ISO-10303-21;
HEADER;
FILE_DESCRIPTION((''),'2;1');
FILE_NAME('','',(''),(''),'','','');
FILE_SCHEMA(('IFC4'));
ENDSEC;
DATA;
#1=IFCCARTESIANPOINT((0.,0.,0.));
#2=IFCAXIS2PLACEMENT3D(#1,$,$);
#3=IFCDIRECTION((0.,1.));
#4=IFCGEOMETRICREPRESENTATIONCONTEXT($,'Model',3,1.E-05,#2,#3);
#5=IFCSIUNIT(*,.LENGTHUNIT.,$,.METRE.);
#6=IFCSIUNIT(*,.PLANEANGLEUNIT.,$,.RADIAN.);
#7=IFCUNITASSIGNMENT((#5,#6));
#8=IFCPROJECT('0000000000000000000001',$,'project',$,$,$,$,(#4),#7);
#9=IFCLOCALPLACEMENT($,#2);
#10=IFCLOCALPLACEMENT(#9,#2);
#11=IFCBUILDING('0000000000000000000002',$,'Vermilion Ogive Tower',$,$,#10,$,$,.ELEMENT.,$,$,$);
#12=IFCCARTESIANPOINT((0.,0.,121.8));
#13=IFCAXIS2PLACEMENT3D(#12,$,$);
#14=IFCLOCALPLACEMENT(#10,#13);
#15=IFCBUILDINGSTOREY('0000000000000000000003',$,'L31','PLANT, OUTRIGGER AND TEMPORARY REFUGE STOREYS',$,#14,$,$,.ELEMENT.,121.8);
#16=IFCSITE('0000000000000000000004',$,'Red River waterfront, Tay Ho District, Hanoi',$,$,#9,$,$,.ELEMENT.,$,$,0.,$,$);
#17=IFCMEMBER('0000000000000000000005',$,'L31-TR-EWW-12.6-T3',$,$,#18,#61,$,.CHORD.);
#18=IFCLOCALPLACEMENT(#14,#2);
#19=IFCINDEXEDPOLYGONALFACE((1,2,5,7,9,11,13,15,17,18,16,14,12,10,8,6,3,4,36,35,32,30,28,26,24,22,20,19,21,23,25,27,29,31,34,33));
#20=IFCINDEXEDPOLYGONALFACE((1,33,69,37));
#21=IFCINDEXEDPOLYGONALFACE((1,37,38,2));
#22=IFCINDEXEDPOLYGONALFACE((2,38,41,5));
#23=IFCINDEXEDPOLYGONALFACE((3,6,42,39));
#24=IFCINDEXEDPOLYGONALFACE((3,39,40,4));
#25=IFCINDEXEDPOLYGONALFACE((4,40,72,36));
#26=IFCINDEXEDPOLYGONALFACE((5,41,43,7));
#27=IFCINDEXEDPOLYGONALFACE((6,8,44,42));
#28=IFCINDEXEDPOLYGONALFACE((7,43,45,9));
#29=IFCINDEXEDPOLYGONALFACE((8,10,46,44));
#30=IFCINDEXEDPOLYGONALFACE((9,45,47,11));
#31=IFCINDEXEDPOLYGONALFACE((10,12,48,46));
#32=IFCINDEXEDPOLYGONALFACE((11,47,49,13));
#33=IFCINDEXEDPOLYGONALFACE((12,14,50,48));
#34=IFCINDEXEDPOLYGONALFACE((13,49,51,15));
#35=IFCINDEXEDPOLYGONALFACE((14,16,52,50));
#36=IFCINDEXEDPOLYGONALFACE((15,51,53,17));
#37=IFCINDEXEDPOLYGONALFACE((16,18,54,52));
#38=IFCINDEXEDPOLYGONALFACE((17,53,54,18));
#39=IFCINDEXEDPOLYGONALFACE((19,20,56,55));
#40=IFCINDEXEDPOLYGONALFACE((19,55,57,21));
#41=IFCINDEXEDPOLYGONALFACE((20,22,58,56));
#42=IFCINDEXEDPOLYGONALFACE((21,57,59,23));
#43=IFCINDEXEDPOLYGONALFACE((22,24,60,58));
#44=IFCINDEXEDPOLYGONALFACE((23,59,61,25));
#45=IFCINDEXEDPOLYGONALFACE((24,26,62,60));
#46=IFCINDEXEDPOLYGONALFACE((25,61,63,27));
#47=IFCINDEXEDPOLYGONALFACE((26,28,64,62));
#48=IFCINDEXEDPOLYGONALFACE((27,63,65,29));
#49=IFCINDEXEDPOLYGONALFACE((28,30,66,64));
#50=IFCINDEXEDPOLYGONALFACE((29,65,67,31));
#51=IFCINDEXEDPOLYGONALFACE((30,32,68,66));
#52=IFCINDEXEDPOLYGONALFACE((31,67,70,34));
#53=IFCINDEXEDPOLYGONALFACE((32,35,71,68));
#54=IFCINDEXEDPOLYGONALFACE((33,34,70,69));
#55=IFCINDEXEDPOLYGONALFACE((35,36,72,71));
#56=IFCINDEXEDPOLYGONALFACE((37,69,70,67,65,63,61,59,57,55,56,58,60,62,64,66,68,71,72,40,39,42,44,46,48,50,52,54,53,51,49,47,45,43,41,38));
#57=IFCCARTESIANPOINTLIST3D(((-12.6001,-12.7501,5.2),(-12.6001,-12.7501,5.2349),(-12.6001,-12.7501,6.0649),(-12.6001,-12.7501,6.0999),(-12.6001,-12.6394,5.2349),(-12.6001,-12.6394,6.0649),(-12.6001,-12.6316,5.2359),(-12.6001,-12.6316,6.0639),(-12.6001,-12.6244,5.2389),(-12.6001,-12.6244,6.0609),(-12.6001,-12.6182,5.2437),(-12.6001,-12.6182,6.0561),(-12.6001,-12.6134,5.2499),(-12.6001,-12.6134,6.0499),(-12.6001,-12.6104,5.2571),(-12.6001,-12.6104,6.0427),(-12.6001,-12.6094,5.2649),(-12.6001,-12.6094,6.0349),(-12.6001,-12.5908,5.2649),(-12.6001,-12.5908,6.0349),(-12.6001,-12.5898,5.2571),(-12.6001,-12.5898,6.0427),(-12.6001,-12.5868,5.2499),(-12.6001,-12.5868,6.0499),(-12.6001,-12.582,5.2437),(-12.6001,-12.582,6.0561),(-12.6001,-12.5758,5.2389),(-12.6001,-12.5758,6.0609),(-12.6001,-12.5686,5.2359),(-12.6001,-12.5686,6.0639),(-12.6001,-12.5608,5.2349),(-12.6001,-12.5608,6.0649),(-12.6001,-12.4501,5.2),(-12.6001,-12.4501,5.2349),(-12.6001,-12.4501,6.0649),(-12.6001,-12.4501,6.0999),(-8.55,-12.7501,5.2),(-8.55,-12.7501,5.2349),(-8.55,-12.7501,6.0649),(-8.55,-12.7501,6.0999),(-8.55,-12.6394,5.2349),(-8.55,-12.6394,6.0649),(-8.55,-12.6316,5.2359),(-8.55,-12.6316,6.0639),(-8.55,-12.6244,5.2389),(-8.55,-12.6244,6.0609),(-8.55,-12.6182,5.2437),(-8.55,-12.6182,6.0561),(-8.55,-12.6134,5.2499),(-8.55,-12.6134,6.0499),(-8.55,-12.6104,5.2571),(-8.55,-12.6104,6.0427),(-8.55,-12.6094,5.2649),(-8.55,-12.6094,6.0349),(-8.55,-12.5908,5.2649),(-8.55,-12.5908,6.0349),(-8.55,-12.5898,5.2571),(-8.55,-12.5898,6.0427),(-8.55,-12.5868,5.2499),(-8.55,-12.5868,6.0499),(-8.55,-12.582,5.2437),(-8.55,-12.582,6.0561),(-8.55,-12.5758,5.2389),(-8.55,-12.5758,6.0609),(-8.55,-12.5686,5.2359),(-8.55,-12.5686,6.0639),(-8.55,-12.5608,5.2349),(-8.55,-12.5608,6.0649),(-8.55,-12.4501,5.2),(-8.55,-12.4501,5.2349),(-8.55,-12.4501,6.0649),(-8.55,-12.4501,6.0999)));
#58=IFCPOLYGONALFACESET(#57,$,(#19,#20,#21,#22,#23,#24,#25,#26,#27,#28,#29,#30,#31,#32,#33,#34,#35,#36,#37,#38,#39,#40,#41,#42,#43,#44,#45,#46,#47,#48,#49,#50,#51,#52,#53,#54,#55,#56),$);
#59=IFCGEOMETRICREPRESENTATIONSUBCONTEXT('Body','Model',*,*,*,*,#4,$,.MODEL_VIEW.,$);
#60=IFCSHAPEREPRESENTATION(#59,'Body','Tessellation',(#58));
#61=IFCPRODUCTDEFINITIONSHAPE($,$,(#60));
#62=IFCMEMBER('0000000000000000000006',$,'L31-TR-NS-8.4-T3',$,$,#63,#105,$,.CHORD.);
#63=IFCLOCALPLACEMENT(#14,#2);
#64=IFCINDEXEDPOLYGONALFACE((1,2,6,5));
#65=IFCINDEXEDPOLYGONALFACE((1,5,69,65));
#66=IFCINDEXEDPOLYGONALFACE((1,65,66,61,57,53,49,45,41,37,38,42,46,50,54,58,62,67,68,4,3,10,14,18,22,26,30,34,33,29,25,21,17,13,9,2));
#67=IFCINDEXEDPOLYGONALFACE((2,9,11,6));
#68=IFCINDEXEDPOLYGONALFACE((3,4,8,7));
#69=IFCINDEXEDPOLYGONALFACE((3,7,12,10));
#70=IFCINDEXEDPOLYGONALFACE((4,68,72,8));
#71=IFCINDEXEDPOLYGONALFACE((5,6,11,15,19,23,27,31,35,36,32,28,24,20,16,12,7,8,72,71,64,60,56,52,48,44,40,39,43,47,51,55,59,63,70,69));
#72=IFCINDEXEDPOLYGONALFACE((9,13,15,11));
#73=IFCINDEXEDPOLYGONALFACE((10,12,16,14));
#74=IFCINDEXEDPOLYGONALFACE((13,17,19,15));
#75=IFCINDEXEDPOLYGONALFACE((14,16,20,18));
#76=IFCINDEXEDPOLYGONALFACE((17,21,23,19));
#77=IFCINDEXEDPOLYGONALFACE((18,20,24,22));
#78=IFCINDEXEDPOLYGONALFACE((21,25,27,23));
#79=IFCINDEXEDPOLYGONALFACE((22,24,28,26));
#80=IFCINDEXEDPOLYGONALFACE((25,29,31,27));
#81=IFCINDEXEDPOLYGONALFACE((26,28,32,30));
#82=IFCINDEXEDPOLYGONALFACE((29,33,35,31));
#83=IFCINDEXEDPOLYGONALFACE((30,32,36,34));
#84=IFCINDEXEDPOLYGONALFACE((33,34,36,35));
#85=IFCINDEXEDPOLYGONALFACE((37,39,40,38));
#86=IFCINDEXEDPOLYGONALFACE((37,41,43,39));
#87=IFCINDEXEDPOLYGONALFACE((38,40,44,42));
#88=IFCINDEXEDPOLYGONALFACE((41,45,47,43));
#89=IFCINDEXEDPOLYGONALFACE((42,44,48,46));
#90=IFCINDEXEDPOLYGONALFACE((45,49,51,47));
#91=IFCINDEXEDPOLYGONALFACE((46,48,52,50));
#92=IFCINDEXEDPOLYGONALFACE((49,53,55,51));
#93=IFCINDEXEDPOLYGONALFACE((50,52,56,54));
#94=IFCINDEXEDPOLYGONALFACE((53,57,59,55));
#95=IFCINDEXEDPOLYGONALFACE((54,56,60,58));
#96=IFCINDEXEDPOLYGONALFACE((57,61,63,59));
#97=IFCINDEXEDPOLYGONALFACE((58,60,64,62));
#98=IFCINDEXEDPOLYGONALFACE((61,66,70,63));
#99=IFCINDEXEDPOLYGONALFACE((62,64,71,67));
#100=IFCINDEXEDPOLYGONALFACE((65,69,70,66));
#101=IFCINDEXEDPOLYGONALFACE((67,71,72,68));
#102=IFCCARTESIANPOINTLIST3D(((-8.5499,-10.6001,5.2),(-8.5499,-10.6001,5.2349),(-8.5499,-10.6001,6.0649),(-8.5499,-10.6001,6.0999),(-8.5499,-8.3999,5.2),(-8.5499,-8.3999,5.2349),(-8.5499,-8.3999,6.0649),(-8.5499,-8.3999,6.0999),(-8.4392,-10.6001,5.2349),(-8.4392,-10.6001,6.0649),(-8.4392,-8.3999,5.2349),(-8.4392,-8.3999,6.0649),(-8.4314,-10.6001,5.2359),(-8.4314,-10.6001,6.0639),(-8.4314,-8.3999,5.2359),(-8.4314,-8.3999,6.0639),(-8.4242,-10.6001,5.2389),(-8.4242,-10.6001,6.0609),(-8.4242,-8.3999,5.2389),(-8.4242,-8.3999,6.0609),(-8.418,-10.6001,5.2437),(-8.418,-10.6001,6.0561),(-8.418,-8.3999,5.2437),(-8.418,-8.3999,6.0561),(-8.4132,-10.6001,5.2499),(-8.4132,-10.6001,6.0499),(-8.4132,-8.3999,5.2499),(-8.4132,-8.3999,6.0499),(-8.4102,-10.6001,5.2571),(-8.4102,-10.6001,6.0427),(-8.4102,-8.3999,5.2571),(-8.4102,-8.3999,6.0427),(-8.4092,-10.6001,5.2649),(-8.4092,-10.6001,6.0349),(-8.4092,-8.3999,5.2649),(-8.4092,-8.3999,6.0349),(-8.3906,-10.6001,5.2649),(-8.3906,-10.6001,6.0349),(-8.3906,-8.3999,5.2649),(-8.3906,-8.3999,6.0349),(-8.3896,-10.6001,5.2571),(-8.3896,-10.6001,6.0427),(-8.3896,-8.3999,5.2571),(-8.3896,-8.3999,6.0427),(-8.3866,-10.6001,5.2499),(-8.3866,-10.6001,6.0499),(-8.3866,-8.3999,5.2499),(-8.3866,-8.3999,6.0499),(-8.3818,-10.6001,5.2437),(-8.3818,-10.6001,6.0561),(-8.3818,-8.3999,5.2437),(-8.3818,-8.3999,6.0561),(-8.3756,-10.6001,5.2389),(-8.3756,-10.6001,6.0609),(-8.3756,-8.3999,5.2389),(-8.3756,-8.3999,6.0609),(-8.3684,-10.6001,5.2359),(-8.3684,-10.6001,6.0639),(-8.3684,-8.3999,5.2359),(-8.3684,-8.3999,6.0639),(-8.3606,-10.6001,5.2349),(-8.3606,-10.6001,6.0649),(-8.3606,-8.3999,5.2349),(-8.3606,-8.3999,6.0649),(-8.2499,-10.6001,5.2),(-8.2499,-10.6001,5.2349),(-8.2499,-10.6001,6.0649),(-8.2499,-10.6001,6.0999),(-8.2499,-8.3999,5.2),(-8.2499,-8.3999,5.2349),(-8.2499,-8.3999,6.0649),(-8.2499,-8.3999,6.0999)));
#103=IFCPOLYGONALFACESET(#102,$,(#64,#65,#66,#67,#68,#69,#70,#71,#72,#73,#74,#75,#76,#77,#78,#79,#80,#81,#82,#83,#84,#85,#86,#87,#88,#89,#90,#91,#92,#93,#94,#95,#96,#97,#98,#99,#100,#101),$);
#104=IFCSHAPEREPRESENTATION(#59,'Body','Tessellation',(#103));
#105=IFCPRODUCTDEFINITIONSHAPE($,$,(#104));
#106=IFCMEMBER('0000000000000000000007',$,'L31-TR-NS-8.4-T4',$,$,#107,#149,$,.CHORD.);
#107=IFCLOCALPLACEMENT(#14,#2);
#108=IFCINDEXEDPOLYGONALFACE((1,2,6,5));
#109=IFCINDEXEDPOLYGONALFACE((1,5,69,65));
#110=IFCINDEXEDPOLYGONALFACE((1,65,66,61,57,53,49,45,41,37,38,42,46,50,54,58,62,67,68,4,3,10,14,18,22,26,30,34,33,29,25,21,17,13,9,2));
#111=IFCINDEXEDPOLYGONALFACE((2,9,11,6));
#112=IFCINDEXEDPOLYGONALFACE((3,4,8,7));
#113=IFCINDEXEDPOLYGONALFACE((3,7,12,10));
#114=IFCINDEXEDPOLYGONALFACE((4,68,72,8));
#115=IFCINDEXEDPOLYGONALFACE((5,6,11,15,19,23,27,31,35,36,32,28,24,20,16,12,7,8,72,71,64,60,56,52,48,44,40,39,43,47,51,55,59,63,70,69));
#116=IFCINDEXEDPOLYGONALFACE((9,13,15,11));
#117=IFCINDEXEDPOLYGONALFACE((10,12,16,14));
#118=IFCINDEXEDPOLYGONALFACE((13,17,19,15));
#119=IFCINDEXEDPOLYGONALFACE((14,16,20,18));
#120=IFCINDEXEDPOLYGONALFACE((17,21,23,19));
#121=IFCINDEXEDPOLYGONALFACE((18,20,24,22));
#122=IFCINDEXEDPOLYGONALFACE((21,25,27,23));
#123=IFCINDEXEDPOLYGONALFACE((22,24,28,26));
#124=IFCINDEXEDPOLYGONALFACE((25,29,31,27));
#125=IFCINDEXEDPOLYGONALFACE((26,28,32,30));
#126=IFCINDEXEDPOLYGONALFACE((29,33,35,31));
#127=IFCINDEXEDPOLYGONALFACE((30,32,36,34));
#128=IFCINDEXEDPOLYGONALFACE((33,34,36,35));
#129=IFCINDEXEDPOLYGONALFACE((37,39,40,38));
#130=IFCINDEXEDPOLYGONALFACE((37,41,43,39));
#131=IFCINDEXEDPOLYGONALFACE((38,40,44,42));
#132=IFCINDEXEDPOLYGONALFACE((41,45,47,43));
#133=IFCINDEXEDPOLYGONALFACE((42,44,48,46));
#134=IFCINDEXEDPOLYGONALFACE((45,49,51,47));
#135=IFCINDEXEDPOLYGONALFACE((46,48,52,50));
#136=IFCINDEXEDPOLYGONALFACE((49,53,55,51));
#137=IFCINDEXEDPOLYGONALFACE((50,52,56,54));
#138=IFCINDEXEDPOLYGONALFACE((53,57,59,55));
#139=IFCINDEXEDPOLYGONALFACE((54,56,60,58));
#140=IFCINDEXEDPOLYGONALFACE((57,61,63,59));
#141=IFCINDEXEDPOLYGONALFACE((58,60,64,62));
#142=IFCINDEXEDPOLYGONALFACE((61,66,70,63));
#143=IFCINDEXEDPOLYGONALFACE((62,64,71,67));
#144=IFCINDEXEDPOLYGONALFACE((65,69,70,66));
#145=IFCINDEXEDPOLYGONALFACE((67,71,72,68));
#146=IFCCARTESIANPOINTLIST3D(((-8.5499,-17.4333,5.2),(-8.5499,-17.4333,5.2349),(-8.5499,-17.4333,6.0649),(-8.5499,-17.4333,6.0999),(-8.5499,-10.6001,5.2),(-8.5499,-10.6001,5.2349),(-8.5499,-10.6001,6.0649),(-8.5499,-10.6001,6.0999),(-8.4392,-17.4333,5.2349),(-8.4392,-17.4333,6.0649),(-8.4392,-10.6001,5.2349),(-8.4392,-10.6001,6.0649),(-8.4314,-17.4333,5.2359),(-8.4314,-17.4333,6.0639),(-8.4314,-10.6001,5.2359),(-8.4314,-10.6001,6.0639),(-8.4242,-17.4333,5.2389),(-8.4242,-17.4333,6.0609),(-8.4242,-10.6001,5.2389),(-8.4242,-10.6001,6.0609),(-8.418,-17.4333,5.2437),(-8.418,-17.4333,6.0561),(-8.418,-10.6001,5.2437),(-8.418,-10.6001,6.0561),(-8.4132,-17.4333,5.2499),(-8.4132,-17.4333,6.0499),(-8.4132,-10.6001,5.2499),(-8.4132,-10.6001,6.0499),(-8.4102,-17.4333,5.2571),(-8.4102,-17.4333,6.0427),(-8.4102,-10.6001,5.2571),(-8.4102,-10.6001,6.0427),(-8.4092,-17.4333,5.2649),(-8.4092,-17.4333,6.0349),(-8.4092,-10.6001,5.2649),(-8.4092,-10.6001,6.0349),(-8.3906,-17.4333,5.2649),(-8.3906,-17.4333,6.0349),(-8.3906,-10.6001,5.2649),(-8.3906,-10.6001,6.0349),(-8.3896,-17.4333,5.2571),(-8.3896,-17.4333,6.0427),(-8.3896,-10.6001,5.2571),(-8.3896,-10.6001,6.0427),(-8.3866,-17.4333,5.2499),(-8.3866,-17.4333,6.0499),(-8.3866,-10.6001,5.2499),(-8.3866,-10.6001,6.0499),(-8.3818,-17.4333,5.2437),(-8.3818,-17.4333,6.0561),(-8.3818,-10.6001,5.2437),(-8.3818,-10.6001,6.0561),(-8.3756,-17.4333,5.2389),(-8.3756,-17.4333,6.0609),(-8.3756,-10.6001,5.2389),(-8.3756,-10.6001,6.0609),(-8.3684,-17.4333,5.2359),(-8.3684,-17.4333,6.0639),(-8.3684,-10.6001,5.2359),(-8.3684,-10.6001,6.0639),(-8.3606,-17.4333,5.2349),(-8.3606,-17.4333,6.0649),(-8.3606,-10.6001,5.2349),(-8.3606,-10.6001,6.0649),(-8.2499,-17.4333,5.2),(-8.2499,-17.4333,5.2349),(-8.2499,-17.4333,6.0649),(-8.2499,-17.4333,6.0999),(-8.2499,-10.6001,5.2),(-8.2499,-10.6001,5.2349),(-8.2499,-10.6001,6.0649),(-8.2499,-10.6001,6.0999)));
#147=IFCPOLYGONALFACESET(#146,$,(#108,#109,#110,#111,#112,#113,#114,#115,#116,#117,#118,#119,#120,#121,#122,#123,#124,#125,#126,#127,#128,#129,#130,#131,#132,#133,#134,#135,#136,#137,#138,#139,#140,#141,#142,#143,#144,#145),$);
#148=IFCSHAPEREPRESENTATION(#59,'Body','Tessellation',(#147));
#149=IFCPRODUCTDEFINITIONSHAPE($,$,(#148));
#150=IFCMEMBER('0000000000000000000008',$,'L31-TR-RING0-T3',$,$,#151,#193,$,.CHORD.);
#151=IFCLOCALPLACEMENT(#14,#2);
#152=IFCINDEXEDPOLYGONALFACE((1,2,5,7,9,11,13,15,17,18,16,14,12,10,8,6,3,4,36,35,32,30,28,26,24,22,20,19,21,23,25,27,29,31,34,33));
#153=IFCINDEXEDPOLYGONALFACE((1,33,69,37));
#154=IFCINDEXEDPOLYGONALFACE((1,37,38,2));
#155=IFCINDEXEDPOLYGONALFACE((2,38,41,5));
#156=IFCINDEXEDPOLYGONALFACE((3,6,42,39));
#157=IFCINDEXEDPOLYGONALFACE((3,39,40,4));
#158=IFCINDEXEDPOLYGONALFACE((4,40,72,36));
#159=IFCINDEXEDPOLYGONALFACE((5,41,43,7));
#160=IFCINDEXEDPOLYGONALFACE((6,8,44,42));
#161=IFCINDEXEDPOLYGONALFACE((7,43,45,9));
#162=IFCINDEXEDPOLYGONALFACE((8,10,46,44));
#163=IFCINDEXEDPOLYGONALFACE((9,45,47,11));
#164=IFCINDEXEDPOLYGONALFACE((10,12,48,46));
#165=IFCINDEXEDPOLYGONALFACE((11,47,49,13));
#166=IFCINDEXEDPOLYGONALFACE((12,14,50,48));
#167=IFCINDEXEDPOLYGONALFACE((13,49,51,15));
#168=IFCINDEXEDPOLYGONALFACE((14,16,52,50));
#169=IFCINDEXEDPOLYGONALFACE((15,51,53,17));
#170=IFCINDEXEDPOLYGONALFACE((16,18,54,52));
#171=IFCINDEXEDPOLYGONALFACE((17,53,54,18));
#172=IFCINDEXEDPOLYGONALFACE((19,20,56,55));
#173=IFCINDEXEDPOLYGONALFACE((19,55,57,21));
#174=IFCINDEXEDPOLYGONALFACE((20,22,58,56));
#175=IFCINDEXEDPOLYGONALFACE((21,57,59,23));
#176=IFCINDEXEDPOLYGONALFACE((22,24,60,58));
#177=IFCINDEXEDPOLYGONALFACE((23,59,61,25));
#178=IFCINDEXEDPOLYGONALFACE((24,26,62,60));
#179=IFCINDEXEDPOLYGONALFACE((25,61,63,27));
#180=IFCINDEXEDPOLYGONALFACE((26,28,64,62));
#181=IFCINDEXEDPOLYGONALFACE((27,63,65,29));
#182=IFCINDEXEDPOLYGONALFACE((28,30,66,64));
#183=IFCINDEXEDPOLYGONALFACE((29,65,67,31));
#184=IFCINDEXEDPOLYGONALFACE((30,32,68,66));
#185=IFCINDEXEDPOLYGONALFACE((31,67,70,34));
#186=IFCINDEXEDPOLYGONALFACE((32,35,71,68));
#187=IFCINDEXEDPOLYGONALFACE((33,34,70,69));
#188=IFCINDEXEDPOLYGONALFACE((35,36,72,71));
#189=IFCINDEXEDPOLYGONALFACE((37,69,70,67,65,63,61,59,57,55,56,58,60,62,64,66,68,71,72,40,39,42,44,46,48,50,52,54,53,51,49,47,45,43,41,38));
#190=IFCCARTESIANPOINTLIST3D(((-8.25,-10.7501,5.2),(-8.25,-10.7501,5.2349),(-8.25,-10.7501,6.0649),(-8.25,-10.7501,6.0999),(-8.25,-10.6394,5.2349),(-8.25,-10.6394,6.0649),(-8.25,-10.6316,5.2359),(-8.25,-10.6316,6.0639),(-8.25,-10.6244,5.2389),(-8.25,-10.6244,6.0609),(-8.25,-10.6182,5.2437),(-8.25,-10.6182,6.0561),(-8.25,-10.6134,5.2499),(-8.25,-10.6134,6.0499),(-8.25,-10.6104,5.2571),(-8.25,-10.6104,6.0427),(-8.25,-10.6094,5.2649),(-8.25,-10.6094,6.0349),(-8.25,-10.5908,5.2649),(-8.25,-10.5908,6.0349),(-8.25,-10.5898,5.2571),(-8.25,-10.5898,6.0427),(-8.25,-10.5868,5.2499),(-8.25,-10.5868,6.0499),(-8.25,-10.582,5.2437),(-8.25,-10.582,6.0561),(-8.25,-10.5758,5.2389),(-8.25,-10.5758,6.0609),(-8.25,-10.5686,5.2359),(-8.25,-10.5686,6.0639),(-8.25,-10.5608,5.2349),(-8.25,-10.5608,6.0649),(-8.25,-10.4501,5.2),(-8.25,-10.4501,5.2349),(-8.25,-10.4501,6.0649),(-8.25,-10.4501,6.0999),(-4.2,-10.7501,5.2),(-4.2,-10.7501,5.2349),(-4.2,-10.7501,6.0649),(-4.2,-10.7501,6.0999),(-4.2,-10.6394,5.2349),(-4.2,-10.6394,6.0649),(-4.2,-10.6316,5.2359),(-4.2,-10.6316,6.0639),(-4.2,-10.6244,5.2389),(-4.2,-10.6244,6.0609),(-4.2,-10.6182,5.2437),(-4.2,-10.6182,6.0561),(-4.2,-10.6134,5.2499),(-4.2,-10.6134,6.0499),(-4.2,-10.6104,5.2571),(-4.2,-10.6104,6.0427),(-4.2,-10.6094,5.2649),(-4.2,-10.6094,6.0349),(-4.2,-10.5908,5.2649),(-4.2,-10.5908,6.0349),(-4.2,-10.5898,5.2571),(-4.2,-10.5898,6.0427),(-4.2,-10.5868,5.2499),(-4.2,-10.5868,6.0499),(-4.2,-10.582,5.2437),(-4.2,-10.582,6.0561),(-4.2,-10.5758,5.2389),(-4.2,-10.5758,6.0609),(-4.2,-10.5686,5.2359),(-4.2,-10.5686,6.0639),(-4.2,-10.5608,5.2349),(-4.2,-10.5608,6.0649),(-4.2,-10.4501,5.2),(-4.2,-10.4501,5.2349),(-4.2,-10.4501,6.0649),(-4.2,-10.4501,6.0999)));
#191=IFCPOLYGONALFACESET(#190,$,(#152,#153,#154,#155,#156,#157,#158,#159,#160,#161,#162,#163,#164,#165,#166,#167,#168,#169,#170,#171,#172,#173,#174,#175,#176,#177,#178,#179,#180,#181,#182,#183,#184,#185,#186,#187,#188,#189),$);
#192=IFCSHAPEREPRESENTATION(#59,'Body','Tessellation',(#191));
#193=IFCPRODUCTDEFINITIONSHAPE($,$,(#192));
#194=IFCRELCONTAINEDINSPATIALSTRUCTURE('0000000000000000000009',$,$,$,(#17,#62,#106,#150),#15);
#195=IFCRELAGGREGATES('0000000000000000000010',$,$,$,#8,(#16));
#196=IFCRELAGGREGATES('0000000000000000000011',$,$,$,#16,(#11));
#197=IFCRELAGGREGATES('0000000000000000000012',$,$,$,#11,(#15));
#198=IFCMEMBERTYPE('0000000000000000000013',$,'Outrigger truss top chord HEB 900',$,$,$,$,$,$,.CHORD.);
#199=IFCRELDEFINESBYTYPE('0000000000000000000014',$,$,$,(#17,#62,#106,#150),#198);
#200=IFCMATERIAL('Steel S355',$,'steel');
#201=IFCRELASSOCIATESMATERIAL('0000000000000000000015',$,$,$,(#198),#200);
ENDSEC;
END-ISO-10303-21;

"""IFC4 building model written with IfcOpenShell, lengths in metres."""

from ifc_helpers import new_model, si_unit, direction, frame, origin, origin_2d, place, context, subcontext, project, spatial, i_section, extrude, material, material_profile, profile_set, type_object, element, save


model = new_model("IFC4")

# Units and contexts
model_context = context("Model", 3, precision=1e-05, world=origin(), true_north=direction((0.0, 1.0)))
body_context = subcontext(model_context, "Body", "Model", "MODEL_VIEW")
ifc_project = project(units=[si_unit("LENGTHUNIT", "METRE"), si_unit("PLANEANGLEUNIT", "RADIAN")], contexts=[model_context])

# Site, building, storey
site_placement = place(None, origin())
site = spatial("IfcSite", under=ifc_project, at=site_placement, Name="Red River waterfront, Tay Ho District, Hanoi", CompositionType="ELEMENT", RefElevation=0.0)
building_placement = place(site_placement, origin())
building = spatial("IfcBuilding", under=site, at=building_placement, Name="Vermilion Ogive Tower", CompositionType="ELEMENT")
storey_placement = place(building_placement, frame((0.0, 0.0, 121.8)))
storey = spatial("IfcBuildingStorey", under=building, at=storey_placement, Name="L31", Description="PLANT, OUTRIGGER AND TEMPORARY REFUGE STOREYS", CompositionType="ELEMENT", Elevation=121.8)

# Members
ifc_material_1 = material(Name="Steel S355", Category="steel")
ifc_material_profile_1 = material_profile(ifc_material_1, i_section(OverallWidth=0.3, OverallDepth=0.8999, WebThickness=0.0186, FlangeThickness=0.0349, FilletRadius=0.03, at=origin_2d()), Name="HEB 900")
ifc_profile_set_1 = profile_set([ifc_material_profile_1], Name="Steel S355")
member_type_1 = type_object("IfcMemberType", Name="Outrigger truss top chord HEB 900", PredefinedType="CHORD", material=ifc_profile_set_1)
member_1_placement = place(storey_placement, frame((-8.55, -12.6001, 5.6499), z_axis=(-1.0, 0.0, 0.0), x_axis=(0.0, -1.0, 0.0)))
element("IfcMember", 1, at=member_1_placement, inside=storey, type_object=member_type_1, Name="L31-TR-EWW-12.6-T3", PredefinedType="CHORD", context=body_context, shape_type="SweptSolid", body=[
    extrude(i_section(OverallWidth=0.3, OverallDepth=0.8999, WebThickness=0.0186, FlangeThickness=0.0349, FilletRadius=0.03, at=origin_2d()), origin(), (0.0, 0.0, 1.0), 4.05),
])
member_2_placement = place(storey_placement, frame((-8.3999, -8.3999, 5.6499), z_axis=(0.0, -1.0, 0.0), x_axis=(1.0, 0.0, 0.0)))
element("IfcMember", 2, at=member_2_placement, inside=storey, type_object=member_type_1, Name="L31-TR-NS-8.4-T3", PredefinedType="CHORD", context=body_context, shape_type="SweptSolid", body=[
    extrude(i_section(OverallWidth=0.3, OverallDepth=0.8999, WebThickness=0.0186, FlangeThickness=0.0349, FilletRadius=0.03, at=origin_2d()), origin(), (0.0, 0.0, 1.0), 2.2002),
])
member_3_placement = place(storey_placement, frame((-8.3999, -10.6001, 5.6499), z_axis=(0.0, -1.0, 0.0), x_axis=(1.0, 0.0, 0.0)))
element("IfcMember", 3, at=member_3_placement, inside=storey, type_object=member_type_1, Name="L31-TR-NS-8.4-T4", PredefinedType="CHORD", context=body_context, shape_type="SweptSolid", body=[
    extrude(i_section(OverallWidth=0.3, OverallDepth=0.8999, WebThickness=0.0186, FlangeThickness=0.0349, FilletRadius=0.03, at=origin_2d()), origin(), (0.0, 0.0, 1.0), 6.8333),
])
member_4_placement = place(storey_placement, frame((-8.25, -10.6001, 5.6499), z_axis=(1.0, 0.0, 0.0), x_axis=(0.0, 1.0, 0.0)))
element("IfcMember", 4, at=member_4_placement, inside=storey, type_object=member_type_1, Name="L31-TR-RING0-T3", PredefinedType="CHORD", context=body_context, shape_type="SweptSolid", body=[
    extrude(i_section(OverallWidth=0.3, OverallDepth=0.8999, WebThickness=0.0186, FlangeThickness=0.0349, FilletRadius=0.03, at=origin_2d()), origin(), (0.0, 0.0, 1.0), 4.05),
])

save(model, "model.ifc")
